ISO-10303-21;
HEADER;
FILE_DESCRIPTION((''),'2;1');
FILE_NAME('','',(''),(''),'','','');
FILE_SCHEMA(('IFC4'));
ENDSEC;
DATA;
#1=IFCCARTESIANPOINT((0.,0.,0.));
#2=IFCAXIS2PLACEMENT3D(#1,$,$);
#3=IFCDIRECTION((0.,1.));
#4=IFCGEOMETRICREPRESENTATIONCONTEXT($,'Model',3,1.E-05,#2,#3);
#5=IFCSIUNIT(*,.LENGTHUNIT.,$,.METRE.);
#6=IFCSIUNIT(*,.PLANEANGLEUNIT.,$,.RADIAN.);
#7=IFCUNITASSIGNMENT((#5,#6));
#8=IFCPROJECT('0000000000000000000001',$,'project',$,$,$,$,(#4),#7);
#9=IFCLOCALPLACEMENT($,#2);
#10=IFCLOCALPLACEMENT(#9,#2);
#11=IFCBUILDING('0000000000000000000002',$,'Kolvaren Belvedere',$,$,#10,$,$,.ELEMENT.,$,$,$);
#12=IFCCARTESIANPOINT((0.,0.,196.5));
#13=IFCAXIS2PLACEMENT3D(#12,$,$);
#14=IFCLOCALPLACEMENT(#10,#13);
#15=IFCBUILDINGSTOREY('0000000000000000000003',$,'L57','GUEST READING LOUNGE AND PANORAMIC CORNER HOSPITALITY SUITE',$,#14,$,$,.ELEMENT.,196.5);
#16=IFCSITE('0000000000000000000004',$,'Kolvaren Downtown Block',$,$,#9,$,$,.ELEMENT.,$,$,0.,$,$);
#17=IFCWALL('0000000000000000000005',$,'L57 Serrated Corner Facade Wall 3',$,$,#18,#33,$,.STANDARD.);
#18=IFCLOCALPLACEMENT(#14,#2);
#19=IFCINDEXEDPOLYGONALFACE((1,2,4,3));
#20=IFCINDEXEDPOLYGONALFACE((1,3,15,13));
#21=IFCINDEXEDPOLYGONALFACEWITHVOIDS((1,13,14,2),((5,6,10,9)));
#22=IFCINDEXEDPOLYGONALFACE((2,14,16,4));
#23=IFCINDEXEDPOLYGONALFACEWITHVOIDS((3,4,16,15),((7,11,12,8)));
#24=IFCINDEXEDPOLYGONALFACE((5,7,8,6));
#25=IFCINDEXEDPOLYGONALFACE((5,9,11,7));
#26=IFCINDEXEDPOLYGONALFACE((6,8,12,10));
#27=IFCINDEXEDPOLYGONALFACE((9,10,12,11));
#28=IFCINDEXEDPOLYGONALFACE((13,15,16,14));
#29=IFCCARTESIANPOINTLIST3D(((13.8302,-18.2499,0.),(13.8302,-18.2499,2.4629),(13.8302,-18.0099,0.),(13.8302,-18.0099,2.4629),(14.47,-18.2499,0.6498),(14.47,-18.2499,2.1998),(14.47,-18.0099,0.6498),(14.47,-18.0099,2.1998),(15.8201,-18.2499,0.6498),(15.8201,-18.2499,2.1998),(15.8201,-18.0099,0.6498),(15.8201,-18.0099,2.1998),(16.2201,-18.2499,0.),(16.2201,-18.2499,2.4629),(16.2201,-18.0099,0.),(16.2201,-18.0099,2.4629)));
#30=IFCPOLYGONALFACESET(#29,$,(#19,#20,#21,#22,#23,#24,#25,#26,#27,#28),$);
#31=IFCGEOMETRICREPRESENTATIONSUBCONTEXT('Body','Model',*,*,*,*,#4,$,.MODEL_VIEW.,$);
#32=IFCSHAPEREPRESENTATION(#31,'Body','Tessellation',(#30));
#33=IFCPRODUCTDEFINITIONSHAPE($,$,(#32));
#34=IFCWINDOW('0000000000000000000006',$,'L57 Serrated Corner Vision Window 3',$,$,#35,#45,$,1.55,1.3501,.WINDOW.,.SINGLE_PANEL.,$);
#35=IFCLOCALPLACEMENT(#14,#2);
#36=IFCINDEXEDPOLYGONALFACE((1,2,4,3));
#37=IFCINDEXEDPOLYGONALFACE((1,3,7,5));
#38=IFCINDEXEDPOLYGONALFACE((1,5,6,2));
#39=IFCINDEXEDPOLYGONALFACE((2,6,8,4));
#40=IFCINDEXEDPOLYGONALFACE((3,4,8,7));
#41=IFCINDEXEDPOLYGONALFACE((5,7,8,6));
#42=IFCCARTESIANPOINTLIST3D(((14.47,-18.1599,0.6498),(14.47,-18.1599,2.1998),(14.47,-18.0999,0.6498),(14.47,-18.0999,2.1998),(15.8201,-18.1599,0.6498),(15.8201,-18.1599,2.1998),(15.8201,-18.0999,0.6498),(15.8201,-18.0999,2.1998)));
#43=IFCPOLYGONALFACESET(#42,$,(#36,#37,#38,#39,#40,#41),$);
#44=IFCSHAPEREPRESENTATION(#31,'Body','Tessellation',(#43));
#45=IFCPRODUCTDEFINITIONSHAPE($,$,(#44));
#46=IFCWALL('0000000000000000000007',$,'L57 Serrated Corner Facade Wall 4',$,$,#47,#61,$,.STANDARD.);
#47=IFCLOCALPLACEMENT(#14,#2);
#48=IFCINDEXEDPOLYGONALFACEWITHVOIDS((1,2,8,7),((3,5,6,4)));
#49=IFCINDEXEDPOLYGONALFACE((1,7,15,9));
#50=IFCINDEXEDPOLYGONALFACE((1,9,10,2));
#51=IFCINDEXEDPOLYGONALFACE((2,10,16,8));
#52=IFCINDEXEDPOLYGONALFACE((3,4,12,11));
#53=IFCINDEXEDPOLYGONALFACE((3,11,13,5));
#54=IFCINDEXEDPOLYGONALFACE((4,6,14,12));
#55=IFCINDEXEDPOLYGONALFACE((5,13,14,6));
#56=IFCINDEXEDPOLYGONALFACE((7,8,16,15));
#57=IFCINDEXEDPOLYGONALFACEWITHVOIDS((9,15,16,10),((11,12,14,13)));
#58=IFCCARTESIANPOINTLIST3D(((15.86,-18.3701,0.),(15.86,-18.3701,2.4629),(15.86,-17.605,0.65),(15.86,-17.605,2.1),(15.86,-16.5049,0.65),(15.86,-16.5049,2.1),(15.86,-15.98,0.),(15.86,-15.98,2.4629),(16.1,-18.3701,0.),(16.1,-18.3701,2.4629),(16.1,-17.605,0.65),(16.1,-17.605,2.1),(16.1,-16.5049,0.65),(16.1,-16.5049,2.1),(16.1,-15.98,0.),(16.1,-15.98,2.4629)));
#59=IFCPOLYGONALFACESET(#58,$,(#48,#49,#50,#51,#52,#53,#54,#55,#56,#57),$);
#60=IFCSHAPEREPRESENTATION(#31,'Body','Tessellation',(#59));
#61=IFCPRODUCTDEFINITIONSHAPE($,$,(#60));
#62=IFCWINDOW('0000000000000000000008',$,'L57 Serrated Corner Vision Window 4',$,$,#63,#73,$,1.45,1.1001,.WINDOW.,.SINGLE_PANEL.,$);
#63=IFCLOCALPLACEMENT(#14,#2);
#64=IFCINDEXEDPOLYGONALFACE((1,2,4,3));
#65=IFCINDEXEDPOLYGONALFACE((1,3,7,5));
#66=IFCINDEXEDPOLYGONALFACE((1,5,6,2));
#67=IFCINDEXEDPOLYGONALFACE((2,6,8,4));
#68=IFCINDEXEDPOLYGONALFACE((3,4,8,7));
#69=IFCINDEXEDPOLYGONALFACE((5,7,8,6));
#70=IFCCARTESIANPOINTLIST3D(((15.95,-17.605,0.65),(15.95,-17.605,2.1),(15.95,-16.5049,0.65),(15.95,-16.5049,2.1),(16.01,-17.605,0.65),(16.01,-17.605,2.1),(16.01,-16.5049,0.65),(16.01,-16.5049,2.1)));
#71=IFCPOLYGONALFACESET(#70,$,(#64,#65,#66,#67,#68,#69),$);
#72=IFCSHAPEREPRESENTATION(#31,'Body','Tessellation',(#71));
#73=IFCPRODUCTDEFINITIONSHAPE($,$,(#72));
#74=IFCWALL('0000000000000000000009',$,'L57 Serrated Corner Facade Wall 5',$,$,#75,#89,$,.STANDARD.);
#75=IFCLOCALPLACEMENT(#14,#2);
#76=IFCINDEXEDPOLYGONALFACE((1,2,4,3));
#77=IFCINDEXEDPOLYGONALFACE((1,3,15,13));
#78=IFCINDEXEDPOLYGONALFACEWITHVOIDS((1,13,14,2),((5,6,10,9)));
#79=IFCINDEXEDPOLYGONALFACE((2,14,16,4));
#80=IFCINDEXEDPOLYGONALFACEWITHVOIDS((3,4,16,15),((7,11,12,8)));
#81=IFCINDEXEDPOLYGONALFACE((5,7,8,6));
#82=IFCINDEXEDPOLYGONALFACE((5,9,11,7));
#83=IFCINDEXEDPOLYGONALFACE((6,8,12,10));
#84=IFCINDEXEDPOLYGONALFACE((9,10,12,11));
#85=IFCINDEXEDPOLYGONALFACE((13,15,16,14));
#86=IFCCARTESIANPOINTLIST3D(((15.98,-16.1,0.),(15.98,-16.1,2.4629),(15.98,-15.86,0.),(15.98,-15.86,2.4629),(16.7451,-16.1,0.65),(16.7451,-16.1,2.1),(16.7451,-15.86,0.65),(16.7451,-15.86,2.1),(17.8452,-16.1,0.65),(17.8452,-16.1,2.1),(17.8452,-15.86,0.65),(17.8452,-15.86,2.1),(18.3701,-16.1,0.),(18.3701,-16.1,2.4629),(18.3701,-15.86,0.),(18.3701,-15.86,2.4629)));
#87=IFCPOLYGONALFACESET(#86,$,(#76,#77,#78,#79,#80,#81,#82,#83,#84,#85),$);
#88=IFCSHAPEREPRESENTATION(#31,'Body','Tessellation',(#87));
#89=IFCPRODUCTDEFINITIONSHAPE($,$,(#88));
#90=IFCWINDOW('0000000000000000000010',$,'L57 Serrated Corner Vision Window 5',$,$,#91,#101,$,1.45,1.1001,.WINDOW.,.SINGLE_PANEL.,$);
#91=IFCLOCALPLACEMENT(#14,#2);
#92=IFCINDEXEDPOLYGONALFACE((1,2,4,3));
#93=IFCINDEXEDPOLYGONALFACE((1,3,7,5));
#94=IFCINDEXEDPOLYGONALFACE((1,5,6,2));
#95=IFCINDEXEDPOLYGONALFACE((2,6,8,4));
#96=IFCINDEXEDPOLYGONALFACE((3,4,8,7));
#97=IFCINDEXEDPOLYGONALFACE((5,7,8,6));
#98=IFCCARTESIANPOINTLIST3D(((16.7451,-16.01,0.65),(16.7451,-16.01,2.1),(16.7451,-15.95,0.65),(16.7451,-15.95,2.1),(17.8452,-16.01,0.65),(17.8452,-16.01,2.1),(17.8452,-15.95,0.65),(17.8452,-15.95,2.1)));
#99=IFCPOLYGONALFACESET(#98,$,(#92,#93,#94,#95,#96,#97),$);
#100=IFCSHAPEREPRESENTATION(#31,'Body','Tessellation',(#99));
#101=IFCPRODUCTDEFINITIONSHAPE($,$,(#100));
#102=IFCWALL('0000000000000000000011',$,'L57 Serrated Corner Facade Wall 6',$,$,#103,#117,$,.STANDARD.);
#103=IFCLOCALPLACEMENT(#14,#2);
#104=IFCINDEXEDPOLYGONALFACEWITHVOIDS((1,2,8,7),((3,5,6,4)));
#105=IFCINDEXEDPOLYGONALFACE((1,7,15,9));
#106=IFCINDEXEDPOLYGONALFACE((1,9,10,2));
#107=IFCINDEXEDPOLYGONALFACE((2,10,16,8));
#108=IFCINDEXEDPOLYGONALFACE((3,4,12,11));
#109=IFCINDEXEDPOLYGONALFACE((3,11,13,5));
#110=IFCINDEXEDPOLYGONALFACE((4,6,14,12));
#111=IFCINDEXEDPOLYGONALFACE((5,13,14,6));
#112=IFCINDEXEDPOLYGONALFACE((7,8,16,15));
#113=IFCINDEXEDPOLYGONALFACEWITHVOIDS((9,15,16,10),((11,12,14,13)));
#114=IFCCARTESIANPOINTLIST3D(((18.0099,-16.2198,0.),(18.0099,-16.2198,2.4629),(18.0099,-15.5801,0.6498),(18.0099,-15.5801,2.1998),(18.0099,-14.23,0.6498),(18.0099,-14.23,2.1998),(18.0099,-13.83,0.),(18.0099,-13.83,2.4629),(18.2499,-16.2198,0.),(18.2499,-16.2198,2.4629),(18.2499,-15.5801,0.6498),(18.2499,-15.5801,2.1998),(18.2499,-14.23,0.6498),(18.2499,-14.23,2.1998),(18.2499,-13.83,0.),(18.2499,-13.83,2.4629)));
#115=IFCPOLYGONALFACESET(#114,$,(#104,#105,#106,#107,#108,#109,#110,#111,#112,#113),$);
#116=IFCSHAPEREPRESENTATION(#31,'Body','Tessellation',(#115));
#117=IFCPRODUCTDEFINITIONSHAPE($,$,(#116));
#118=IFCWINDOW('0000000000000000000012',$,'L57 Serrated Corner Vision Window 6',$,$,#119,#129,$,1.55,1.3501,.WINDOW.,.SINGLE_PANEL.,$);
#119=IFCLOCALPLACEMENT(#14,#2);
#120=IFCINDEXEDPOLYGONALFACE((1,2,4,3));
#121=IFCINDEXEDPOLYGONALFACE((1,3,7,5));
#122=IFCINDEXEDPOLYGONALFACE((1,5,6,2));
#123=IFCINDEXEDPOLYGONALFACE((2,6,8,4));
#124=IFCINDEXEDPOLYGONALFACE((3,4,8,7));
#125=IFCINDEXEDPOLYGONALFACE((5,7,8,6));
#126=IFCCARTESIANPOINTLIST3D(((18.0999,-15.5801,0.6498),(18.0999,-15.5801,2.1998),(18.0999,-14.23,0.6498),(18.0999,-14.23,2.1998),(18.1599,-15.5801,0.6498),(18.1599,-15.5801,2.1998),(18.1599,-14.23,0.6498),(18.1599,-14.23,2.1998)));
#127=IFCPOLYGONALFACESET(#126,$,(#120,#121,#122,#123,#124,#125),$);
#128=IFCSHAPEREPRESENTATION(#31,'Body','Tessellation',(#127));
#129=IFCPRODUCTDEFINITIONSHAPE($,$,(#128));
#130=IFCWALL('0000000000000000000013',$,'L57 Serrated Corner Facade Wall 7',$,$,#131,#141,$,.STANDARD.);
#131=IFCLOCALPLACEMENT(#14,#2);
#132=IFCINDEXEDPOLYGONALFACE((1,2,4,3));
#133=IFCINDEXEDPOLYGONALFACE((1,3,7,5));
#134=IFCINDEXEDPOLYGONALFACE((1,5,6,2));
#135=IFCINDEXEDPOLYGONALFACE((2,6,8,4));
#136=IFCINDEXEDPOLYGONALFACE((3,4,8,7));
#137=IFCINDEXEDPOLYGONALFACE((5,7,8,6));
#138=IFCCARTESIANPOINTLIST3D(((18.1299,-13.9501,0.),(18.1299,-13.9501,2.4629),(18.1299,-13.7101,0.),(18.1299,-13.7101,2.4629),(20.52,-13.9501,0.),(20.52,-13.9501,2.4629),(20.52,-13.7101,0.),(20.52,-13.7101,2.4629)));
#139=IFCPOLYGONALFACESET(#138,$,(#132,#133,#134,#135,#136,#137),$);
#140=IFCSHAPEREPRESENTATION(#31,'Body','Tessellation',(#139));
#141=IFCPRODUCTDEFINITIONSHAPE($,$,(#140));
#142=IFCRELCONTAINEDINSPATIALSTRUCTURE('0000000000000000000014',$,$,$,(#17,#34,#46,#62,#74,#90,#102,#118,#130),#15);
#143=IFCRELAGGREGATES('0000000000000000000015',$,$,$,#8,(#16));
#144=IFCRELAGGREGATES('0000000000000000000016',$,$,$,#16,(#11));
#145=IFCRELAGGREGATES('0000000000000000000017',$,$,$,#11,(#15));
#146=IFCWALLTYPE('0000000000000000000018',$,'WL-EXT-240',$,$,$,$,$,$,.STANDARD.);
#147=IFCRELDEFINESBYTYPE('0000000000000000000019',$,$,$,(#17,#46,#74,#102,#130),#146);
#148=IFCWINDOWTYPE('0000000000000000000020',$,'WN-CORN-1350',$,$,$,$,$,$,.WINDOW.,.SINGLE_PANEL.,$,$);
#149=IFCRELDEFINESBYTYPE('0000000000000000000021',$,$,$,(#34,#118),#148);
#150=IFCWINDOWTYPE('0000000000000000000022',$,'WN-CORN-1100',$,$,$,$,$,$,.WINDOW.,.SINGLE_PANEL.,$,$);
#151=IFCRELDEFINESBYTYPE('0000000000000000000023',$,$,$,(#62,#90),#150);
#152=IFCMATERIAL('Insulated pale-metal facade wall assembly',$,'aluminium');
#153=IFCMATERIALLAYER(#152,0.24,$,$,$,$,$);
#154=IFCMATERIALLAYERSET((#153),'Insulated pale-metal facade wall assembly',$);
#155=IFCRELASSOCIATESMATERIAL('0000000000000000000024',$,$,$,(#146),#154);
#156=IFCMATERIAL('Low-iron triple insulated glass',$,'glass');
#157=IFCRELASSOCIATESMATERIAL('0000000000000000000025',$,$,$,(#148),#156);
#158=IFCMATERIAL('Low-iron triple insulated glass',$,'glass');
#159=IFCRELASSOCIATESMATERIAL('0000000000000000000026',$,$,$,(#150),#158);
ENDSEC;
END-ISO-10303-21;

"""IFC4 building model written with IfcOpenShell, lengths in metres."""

from ifc_helpers import new_model, si_unit, direction, frame, frame_2d, origin, place, context, subcontext, project, spatial, rectangle, extrude, material, layer, layer_set, type_object, element, fill, save


model = new_model("IFC4")

# Units and contexts
model_context = context("Model", 3, precision=1e-05, world=origin(), true_north=direction((0.0, 1.0)))
body_context = subcontext(model_context, "Body", "Model", "MODEL_VIEW")
ifc_project = project(units=[si_unit("LENGTHUNIT", "METRE"), si_unit("PLANEANGLEUNIT", "RADIAN")], contexts=[model_context])

# Site, building, storey
site_placement = place(None, origin())
site = spatial("IfcSite", under=ifc_project, at=site_placement, Name="Kolvaren Downtown Block", CompositionType="ELEMENT", RefElevation=0.0)
building_placement = place(site_placement, origin())
building = spatial("IfcBuilding", under=site, at=building_placement, Name="Kolvaren Belvedere", CompositionType="ELEMENT")
storey_placement = place(building_placement, frame((0.0, 0.0, 196.5)))
storey = spatial("IfcBuildingStorey", under=building, at=storey_placement, Name="L57", Description="GUEST READING LOUNGE AND PANORAMIC CORNER HOSPITALITY SUITE", CompositionType="ELEMENT", Elevation=196.5)

# Shared definitions
ifc_material_1 = material(Name="Insulated pale-metal facade wall assembly", Category="aluminium")
ifc_layer_1 = layer(ifc_material_1, 0.24)
ifc_layer_set_1 = layer_set([ifc_layer_1], Name="Insulated pale-metal facade wall assembly")
wall_type = type_object("IfcWallType", Name="WL-EXT-240", PredefinedType="STANDARD", material=ifc_layer_set_1)

# Walls, openings, windows
wall_1_placement = place(storey_placement, frame((16.22, -18.1299, 0.0), z_axis=(0.0, 0.0, 1.0), x_axis=(-1.0, 0.0, 0.0)))
wall_1 = element("IfcWall", 1, at=wall_1_placement, inside=storey, type_object=wall_type, Name="L57 Serrated Corner Facade Wall 3", PredefinedType="STANDARD", context=body_context, shape_type="SweptSolid", body=[
    extrude(rectangle(XDim=2.3899, YDim=0.24, at=frame_2d((1.1948, 0.0))), origin(), (0.0, 0.0, 1.0), 2.4629),
])
opening_1_placement = place(wall_1_placement, frame((0.3999, 0.0, 0.6499)))
opening_1 = element("IfcOpeningElement", 2, at=opening_1_placement, cuts=wall_1, PredefinedType="OPENING", context=body_context, shape_type="SweptSolid", body=[
    extrude(rectangle(XDim=1.3501, YDim=1.55, at=frame_2d((0.675, 0.7749))), frame((0.0, 0.1299, 0.0), z_axis=(0.0, -1.0, 0.0), x_axis=(1.0, 0.0, 0.0)), (0.0, 0.0, 1.0), 0.26),
])
ifc_material_2 = material(Name="Low-iron triple insulated glass", Category="glass")
window_type_1 = type_object("IfcWindowType", Name="WN-CORN-1350", PartitioningType="SINGLE_PANEL", PredefinedType="WINDOW", material=ifc_material_2)
window_1_placement = place(opening_1_placement, origin())
window_1 = element("IfcWindow", 3, at=window_1_placement, inside=storey, type_object=window_type_1, Name="L57 Serrated Corner Vision Window 3", OverallHeight=1.55, OverallWidth=1.3501, PartitioningType="SINGLE_PANEL", PredefinedType="WINDOW", context=body_context, shape_type="SweptSolid", body=[
    extrude(rectangle(XDim=1.3501, YDim=1.55, at=frame_2d((0.675, 0.7749))), frame((0.0, 0.03, 0.0), z_axis=(0.0, -1.0, 0.0), x_axis=(1.0, 0.0, 0.0)), (0.0, 0.0, 1.0), 0.0601),
])
fill(opening_1, window_1)
wall_2_placement = place(storey_placement, frame((15.98, -15.98, 0.0), z_axis=(0.0, 0.0, 1.0), x_axis=(0.0, -1.0, 0.0)))
wall_2 = element("IfcWall", 4, at=wall_2_placement, inside=storey, type_object=wall_type, Name="L57 Serrated Corner Facade Wall 4", PredefinedType="STANDARD", context=body_context, shape_type="SweptSolid", body=[
    extrude(rectangle(XDim=2.3901, YDim=0.24, at=frame_2d((1.1951, 0.0))), origin(), (0.0, 0.0, 1.0), 2.4629),
])
opening_2_placement = place(wall_2_placement, frame((0.5249, 0.0, 0.6499)))
opening_2 = element("IfcOpeningElement", 5, at=opening_2_placement, cuts=wall_2, PredefinedType="OPENING", context=body_context, shape_type="SweptSolid", body=[
    extrude(rectangle(XDim=1.1001, YDim=1.45, at=frame_2d((0.55, 0.7251))), frame((0.0, 0.1299, 0.0), z_axis=(0.0, -1.0, 0.0), x_axis=(1.0, 0.0, 0.0)), (0.0, 0.0, 1.0), 0.26),
])
ifc_material_3 = material(Name="Low-iron triple insulated glass", Category="glass")
window_type_2 = type_object("IfcWindowType", Name="WN-CORN-1100", PartitioningType="SINGLE_PANEL", PredefinedType="WINDOW", material=ifc_material_3)
window_2_placement = place(opening_2_placement, origin())
window_2 = element("IfcWindow", 6, at=window_2_placement, inside=storey, type_object=window_type_2, Name="L57 Serrated Corner Vision Window 4", OverallHeight=1.45, OverallWidth=1.1001, PartitioningType="SINGLE_PANEL", PredefinedType="WINDOW", context=body_context, shape_type="SweptSolid", body=[
    extrude(rectangle(XDim=1.1001, YDim=1.45, at=frame_2d((0.55, 0.7251))), frame((0.0, 0.03, 0.0), z_axis=(0.0, -1.0, 0.0), x_axis=(1.0, 0.0, 0.0)), (0.0, 0.0, 1.0), 0.0601),
])
fill(opening_2, window_2)
wall_3_placement = place(storey_placement, frame((18.3701, -15.98, 0.0), z_axis=(0.0, 0.0, 1.0), x_axis=(-1.0, 0.0, 0.0)))
wall_3 = element("IfcWall", 7, at=wall_3_placement, inside=storey, type_object=wall_type, Name="L57 Serrated Corner Facade Wall 5", PredefinedType="STANDARD", context=body_context, shape_type="SweptSolid", body=[
    extrude(rectangle(XDim=2.3901, YDim=0.24, at=frame_2d((1.1951, 0.0))), origin(), (0.0, 0.0, 1.0), 2.4629),
])
opening_3_placement = place(wall_3_placement, frame((0.5249, 0.0, 0.6499)))
opening_3 = element("IfcOpeningElement", 8, at=opening_3_placement, cuts=wall_3, PredefinedType="OPENING", context=body_context, shape_type="SweptSolid", body=[
    extrude(rectangle(XDim=1.1001, YDim=1.45, at=frame_2d((0.55, 0.7251))), frame((0.0, 0.1299, 0.0), z_axis=(0.0, -1.0, 0.0), x_axis=(1.0, 0.0, 0.0)), (0.0, 0.0, 1.0), 0.26),
])
window_3_placement = place(opening_3_placement, origin())
window_3 = element("IfcWindow", 9, at=window_3_placement, inside=storey, type_object=window_type_2, Name="L57 Serrated Corner Vision Window 5", OverallHeight=1.45, OverallWidth=1.1001, PartitioningType="SINGLE_PANEL", PredefinedType="WINDOW", context=body_context, shape_type="SweptSolid", body=[
    extrude(rectangle(XDim=1.1001, YDim=1.45, at=frame_2d((0.55, 0.7251))), frame((0.0, 0.03, 0.0), z_axis=(0.0, -1.0, 0.0), x_axis=(1.0, 0.0, 0.0)), (0.0, 0.0, 1.0), 0.0601),
])
fill(opening_3, window_3)
wall_4_placement = place(storey_placement, frame((18.1299, -13.8301, 0.0), z_axis=(0.0, 0.0, 1.0), x_axis=(0.0, -1.0, 0.0)))
wall_4 = element("IfcWall", 10, at=wall_4_placement, inside=storey, type_object=wall_type, Name="L57 Serrated Corner Facade Wall 6", PredefinedType="STANDARD", context=body_context, shape_type="SweptSolid", body=[
    extrude(rectangle(XDim=2.3899, YDim=0.24, at=frame_2d((1.1948, 0.0))), origin(), (0.0, 0.0, 1.0), 2.4629),
])
opening_4_placement = place(wall_4_placement, frame((0.3999, 0.0, 0.6499)))
opening_4 = element("IfcOpeningElement", 11, at=opening_4_placement, cuts=wall_4, PredefinedType="OPENING", context=body_context, shape_type="SweptSolid", body=[
    extrude(rectangle(XDim=1.3501, YDim=1.55, at=frame_2d((0.675, 0.7749))), frame((0.0, 0.1299, 0.0), z_axis=(0.0, -1.0, 0.0), x_axis=(1.0, 0.0, 0.0)), (0.0, 0.0, 1.0), 0.26),
])
window_4_placement = place(opening_4_placement, origin())
window_4 = element("IfcWindow", 12, at=window_4_placement, inside=storey, type_object=window_type_1, Name="L57 Serrated Corner Vision Window 6", OverallHeight=1.55, OverallWidth=1.3501, PartitioningType="SINGLE_PANEL", PredefinedType="WINDOW", context=body_context, shape_type="SweptSolid", body=[
    extrude(rectangle(XDim=1.3501, YDim=1.55, at=frame_2d((0.675, 0.7749))), frame((0.0, 0.03, 0.0), z_axis=(0.0, -1.0, 0.0), x_axis=(1.0, 0.0, 0.0)), (0.0, 0.0, 1.0), 0.0601),
])
fill(opening_4, window_4)

# Wall
wall_5_placement = place(storey_placement, frame((20.52, -13.8301, 0.0), z_axis=(0.0, 0.0, 1.0), x_axis=(-1.0, 0.0, 0.0)))
element("IfcWall", 13, at=wall_5_placement, inside=storey, type_object=wall_type, Name="L57 Serrated Corner Facade Wall 7", PredefinedType="STANDARD", context=body_context, shape_type="SweptSolid", body=[
    extrude(rectangle(XDim=2.3901, YDim=0.24, at=frame_2d((1.1951, 0.0))), origin(), (0.0, 0.0, 1.0), 2.4629),
])

save(model, "model.ifc")
